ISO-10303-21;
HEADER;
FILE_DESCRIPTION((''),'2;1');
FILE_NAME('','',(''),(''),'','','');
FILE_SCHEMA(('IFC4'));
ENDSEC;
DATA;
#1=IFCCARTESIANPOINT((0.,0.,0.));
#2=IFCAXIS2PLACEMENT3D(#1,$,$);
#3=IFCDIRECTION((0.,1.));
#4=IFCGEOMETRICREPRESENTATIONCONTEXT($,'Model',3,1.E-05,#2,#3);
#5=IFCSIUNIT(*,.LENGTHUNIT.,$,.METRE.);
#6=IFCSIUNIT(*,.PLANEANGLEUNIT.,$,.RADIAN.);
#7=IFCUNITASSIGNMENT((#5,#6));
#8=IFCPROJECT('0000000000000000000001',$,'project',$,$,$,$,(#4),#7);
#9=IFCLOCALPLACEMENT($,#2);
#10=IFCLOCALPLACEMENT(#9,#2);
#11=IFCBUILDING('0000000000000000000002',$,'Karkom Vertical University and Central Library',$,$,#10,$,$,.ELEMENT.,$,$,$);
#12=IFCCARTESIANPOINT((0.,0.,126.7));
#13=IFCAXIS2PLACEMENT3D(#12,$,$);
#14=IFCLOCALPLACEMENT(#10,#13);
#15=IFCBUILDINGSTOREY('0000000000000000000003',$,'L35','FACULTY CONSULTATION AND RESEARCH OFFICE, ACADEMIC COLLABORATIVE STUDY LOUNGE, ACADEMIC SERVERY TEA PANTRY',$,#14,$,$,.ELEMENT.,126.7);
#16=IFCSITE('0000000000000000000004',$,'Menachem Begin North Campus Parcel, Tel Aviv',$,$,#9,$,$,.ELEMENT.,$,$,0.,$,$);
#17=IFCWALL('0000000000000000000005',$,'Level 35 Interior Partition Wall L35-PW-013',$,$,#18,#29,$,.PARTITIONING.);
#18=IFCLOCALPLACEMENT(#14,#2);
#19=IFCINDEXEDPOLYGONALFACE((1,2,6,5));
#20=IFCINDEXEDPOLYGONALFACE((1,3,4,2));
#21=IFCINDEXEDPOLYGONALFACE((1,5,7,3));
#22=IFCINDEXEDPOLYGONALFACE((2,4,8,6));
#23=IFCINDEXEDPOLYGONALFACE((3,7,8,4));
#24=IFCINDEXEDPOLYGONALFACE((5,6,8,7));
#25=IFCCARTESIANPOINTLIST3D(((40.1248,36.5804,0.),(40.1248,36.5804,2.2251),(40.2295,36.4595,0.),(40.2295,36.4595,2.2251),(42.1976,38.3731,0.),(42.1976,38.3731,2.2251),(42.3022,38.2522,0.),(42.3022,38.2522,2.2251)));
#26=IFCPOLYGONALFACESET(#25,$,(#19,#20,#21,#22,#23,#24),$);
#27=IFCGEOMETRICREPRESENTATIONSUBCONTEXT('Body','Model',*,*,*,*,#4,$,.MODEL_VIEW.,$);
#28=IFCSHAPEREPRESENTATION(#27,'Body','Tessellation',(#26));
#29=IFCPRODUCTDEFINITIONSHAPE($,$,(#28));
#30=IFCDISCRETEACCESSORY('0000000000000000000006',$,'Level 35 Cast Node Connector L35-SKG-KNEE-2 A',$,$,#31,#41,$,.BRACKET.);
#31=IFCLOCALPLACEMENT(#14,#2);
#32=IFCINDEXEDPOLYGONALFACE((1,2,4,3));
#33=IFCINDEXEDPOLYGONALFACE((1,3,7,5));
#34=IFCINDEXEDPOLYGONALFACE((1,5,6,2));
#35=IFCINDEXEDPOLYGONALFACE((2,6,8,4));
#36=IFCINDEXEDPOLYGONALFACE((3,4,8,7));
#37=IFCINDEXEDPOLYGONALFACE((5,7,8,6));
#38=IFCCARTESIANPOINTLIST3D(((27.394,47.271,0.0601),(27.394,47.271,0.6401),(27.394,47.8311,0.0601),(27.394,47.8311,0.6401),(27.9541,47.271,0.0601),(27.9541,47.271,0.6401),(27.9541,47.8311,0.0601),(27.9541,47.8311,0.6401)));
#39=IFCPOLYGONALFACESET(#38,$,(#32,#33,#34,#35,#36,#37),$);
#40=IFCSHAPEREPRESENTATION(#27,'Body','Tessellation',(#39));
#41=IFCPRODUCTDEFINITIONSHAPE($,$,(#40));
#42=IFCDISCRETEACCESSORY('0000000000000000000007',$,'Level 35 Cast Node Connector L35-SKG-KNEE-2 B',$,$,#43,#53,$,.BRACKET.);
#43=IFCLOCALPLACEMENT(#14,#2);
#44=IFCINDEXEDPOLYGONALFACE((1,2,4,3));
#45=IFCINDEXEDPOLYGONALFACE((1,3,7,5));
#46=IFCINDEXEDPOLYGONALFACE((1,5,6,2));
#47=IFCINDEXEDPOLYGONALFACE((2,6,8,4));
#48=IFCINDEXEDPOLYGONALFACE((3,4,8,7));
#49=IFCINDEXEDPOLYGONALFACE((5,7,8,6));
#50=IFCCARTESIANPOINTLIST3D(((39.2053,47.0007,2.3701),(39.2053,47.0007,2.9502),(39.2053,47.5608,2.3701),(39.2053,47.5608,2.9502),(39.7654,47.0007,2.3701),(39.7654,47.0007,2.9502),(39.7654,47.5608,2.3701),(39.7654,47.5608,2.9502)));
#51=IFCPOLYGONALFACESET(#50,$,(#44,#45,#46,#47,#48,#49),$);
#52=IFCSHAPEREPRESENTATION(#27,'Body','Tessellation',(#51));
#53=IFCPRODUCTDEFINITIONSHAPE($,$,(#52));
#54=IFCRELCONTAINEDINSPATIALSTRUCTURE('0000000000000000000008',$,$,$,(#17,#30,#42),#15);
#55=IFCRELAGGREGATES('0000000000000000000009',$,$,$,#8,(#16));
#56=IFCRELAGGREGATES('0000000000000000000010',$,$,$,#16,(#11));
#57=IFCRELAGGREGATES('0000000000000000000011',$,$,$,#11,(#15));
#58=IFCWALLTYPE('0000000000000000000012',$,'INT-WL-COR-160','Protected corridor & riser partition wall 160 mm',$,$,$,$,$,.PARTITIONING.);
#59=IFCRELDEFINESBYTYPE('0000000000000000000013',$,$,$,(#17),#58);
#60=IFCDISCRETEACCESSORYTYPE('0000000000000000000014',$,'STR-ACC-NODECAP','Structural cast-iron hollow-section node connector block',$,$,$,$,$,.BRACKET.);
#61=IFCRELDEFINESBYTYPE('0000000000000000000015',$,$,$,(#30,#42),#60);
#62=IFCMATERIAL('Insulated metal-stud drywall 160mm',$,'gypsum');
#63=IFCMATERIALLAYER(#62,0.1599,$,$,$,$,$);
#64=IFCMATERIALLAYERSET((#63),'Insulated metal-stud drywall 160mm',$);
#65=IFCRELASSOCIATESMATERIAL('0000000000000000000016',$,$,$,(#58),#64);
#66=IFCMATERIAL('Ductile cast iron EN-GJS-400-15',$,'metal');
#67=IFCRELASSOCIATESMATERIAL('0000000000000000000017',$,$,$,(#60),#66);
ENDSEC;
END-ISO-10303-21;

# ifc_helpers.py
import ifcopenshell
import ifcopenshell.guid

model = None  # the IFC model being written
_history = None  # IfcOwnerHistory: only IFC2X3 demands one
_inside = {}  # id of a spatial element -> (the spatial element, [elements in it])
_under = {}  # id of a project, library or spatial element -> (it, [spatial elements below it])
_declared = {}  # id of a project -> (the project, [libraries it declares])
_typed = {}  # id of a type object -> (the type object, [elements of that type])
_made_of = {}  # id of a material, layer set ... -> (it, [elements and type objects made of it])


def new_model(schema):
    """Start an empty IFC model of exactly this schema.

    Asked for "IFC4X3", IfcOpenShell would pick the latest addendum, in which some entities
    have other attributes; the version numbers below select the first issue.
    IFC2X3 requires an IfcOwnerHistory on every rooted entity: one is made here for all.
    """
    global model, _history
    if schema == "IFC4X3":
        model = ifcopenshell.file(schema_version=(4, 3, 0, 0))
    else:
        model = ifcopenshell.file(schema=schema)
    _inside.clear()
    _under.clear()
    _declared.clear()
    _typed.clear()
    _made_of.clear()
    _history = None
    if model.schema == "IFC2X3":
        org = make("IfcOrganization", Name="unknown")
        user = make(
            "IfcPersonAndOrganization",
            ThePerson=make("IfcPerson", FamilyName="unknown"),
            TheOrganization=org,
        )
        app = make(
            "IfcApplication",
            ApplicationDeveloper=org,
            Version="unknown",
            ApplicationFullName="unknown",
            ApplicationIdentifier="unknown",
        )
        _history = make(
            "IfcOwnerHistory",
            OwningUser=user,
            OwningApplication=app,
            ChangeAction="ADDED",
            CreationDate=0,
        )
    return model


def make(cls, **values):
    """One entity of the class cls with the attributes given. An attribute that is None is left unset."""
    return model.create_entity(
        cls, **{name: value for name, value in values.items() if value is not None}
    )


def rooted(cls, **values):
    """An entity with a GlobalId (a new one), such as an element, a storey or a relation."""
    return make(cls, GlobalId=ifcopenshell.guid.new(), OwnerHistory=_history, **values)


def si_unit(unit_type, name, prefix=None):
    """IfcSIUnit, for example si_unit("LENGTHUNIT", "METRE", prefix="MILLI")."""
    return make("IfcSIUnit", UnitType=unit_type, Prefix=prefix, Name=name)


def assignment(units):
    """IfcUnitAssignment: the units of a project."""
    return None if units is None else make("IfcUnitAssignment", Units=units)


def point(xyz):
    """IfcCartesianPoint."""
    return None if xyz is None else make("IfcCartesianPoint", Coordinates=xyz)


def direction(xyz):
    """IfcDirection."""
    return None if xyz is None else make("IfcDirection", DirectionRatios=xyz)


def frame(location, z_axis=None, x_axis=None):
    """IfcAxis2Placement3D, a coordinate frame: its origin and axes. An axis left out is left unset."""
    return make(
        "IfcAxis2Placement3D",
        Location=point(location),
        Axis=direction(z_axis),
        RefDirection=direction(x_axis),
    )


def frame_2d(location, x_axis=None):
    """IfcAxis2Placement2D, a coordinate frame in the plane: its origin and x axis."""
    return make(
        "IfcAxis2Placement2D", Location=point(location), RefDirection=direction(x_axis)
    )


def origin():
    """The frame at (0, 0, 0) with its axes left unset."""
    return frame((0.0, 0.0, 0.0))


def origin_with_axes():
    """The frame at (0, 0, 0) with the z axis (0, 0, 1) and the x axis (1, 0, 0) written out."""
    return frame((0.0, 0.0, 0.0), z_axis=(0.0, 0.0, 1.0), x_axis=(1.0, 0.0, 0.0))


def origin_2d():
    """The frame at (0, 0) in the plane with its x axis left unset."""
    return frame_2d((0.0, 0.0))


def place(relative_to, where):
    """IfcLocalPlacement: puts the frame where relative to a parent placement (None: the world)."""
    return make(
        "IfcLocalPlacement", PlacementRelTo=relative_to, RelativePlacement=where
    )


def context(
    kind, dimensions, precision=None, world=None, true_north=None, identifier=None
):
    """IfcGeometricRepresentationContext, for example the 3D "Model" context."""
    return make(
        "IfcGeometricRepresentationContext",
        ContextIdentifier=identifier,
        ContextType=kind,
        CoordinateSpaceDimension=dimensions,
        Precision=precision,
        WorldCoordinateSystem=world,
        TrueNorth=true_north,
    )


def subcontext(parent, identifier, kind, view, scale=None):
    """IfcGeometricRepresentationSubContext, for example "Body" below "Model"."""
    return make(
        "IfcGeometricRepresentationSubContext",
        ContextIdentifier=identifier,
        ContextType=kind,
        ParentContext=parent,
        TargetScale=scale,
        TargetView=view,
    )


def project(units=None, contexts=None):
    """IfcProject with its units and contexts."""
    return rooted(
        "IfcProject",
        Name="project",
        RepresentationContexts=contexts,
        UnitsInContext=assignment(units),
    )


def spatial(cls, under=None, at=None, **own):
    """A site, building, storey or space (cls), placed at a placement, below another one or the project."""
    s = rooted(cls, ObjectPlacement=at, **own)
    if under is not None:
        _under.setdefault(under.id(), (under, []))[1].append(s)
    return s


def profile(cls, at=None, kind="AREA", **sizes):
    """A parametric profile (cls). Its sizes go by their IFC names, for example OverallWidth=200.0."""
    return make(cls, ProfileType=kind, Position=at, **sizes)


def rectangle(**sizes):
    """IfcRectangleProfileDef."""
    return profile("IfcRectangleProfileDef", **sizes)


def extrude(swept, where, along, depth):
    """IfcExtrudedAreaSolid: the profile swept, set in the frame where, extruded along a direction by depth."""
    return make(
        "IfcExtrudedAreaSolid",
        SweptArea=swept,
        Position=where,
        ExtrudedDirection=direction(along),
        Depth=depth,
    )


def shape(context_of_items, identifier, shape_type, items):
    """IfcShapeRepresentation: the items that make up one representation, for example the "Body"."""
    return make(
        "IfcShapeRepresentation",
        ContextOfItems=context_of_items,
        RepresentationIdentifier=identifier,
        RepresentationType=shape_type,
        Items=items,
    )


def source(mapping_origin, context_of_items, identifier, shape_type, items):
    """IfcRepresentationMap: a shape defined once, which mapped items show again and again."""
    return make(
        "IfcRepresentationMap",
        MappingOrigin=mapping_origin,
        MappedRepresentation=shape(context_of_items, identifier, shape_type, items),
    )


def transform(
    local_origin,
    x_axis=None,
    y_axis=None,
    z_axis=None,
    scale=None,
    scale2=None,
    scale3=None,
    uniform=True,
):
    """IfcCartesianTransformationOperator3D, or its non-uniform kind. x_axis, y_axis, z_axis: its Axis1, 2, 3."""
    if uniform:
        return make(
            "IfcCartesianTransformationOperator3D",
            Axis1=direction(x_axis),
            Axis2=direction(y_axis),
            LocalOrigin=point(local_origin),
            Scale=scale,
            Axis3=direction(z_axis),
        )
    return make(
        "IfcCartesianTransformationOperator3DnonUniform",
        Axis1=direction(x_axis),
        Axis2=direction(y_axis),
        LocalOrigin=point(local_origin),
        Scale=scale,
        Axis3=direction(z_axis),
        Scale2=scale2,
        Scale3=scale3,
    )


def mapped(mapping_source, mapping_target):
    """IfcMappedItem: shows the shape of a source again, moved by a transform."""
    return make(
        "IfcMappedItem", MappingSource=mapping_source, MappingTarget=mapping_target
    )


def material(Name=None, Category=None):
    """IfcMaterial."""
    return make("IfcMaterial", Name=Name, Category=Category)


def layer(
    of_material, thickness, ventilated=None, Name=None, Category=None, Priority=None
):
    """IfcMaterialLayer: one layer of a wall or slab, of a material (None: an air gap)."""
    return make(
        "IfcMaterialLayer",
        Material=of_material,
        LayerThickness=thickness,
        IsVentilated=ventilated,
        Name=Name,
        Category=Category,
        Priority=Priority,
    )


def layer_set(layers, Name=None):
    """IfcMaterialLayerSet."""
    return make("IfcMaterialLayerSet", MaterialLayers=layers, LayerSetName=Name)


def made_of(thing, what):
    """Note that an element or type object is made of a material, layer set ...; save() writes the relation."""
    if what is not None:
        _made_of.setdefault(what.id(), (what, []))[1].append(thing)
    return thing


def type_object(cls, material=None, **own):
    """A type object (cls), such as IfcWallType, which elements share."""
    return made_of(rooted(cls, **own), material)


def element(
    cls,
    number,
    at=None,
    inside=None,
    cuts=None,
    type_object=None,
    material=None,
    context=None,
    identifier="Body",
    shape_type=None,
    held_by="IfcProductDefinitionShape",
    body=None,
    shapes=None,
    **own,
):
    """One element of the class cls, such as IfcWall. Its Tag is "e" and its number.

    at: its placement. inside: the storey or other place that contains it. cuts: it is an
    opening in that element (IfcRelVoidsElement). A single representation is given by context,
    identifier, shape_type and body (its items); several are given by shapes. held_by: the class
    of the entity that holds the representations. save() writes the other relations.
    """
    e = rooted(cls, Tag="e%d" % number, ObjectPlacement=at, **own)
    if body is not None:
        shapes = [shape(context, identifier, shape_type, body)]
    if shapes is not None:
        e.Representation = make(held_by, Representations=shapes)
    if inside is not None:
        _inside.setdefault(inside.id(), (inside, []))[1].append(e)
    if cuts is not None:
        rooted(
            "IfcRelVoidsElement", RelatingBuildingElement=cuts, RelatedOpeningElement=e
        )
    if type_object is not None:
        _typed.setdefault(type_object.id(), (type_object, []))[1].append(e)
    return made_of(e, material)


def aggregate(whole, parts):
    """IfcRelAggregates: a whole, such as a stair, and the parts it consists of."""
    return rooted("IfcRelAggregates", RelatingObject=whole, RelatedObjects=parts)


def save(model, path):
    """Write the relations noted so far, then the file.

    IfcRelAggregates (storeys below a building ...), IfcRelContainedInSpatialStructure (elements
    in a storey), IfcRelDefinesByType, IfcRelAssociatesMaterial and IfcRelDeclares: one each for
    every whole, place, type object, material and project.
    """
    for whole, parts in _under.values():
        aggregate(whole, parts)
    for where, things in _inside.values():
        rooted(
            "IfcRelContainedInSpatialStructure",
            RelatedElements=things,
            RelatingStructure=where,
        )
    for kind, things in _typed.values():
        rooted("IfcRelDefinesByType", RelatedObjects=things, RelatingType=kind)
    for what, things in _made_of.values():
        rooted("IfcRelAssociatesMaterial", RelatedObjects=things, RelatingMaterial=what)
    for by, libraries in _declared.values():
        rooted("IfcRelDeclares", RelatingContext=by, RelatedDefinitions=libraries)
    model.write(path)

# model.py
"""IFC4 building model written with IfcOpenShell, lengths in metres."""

from ifc_helpers import new_model, si_unit, direction, frame, frame_2d, origin, origin_with_axes, origin_2d, place, context, subcontext, project, spatial, rectangle, extrude, source, transform, mapped, material, layer, layer_set, type_object, element, save


model = new_model("IFC4")

# Units and contexts
model_context = context("Model", 3, precision=1e-05, world=origin(), true_north=direction((0.0, 1.0)))
body_context = subcontext(model_context, "Body", "Model", "MODEL_VIEW")
ifc_project = project(units=[si_unit("LENGTHUNIT", "METRE"), si_unit("PLANEANGLEUNIT", "RADIAN")], contexts=[model_context])

# Site, building, storey
site_placement = place(None, origin())
site = spatial("IfcSite", under=ifc_project, at=site_placement, Name="Menachem Begin North Campus Parcel, Tel Aviv", CompositionType="ELEMENT", RefElevation=0.0)
building_placement = place(site_placement, origin())
building = spatial("IfcBuilding", under=site, at=building_placement, Name="Karkom Vertical University and Central Library", CompositionType="ELEMENT")
storey_placement = place(building_placement, frame((0.0, 0.0, 126.7)))
storey = spatial("IfcBuildingStorey", under=building, at=storey_placement, Name="L35", Description="FACULTY CONSULTATION AND RESEARCH OFFICE, ACADEMIC COLLABORATIVE STUDY LOUNGE, ACADEMIC SERVERY TEA PANTRY", CompositionType="ELEMENT", Elevation=126.7)

# Shared definitions
ifc_material_1 = material(Name="Insulated metal-stud drywall 160mm", Category="gypsum")
ifc_layer_1 = layer(ifc_material_1, 0.1599)
ifc_layer_set_1 = layer_set([ifc_layer_1], Name="Insulated metal-stud drywall 160mm")
wall_type_1 = type_object("IfcWallType", Name="INT-WL-COR-160", Description="Protected corridor & riser partition wall 160 mm", PredefinedType="PARTITIONING", material=ifc_layer_set_1)

# Wall
wall_1_placement = place(storey_placement, frame((40.1772, 36.52, 0.0), z_axis=(0.0, 0.0, 1.0), x_axis=(0.75635, 0.654167, 0.0)))
element("IfcWall", 1, at=wall_1_placement, inside=storey, type_object=wall_type_1, Name="Level 35 Interior Partition Wall L35-PW-013", PredefinedType="PARTITIONING", context=body_context, shape_type="SweptSolid", body=[
    extrude(rectangle(XDim=2.7405, YDim=0.1599, at=frame_2d((1.3701, 0.0))), origin(), (0.0, 0.0, 1.0), 2.2251),
])

# Discrete accessories
ifc_material_2 = material(Name="Ductile cast iron EN-GJS-400-15", Category="metal")
discrete_accessory_type = type_object("IfcDiscreteAccessoryType", Name="STR-ACC-NODECAP", Description="Structural cast-iron hollow-section node connector block", PredefinedType="BRACKET", material=ifc_material_2)
shared_shape_1 = source(origin_with_axes(), body_context, "Body", "SweptSolid", [
    extrude(rectangle(XDim=0.5601, YDim=0.5601, at=origin_2d()), origin(), (0.0, 0.0, 1.0), 0.5801),
])
for number, where, z_axis, x_axis, name in (
    (2, (27.6741, 47.551, 0.0601), (0.0, 0.0, 1.0), (1.0, 0.0, 0.0), "Level 35 Cast Node Connector L35-SKG-KNEE-2 A"),
    (3, (39.4854, 47.2808, 2.3701), (0.0, 0.0, 1.0), (1.0, 0.0, 0.0), "Level 35 Cast Node Connector L35-SKG-KNEE-2 B"),
):
    element("IfcDiscreteAccessory", number, at=place(storey_placement, frame(where, z_axis=z_axis, x_axis=x_axis)), inside=storey, type_object=discrete_accessory_type, Name=name, PredefinedType="BRACKET", context=body_context, shape_type="MappedRepresentation", body=[
        mapped(shared_shape_1, transform((0.0, 0.0, 0.0), scale=1.0)),
    ])

save(model, "model.ifc")
